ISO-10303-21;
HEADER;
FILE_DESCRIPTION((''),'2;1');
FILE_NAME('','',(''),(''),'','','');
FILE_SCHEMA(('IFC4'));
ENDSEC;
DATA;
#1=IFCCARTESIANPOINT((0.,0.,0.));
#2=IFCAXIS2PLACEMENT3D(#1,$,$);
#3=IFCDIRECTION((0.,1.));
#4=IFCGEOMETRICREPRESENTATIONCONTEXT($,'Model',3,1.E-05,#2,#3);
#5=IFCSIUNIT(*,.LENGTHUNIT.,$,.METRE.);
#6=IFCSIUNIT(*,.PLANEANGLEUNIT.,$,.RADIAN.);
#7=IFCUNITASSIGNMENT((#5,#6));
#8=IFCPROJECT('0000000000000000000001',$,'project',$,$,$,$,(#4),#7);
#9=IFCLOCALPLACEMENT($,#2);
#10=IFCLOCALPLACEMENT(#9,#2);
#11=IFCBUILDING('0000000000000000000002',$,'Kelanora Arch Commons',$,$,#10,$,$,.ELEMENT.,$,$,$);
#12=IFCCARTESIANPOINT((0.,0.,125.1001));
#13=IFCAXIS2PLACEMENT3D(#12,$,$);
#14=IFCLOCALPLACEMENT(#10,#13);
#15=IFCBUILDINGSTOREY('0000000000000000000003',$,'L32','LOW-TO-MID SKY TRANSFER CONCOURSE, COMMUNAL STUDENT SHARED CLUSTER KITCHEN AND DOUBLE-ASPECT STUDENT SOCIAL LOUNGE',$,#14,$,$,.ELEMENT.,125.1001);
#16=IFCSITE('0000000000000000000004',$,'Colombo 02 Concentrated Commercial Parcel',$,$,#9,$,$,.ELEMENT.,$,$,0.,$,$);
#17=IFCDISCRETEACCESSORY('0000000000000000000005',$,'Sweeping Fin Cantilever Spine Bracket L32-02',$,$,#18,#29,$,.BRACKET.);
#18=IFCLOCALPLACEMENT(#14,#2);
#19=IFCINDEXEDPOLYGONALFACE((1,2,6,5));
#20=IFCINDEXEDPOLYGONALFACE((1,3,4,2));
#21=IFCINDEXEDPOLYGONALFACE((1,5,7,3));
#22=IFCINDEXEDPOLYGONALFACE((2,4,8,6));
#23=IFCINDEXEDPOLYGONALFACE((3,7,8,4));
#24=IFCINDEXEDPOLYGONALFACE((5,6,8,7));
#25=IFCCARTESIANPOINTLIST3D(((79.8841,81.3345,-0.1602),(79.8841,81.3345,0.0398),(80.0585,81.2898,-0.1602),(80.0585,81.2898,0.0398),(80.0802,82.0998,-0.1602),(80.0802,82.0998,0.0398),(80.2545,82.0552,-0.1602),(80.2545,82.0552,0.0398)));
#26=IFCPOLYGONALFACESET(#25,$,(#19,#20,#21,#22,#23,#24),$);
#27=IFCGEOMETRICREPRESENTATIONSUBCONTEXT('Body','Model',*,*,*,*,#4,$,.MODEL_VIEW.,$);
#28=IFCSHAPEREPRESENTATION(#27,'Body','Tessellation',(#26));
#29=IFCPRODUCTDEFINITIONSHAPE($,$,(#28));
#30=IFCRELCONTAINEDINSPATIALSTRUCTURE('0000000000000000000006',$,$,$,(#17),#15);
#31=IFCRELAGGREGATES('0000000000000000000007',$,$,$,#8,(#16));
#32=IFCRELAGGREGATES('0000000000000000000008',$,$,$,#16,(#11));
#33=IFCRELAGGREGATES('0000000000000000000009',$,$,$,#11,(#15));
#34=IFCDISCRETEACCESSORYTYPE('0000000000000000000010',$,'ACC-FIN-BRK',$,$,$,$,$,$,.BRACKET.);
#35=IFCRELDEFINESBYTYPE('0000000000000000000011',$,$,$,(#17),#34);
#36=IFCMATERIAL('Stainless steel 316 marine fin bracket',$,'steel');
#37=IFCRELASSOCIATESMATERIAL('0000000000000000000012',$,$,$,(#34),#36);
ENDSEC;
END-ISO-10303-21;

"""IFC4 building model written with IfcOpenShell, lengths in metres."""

from ifc_helpers import new_model, si_unit, direction, frame, origin, origin_2d, place, context, subcontext, project, spatial, rectangle, extrude, source, transform, mapped, material, type_object, element, save


model = new_model("IFC4")

# Units and contexts
model_context = context("Model", 3, precision=1e-05, world=origin(), true_north=direction((0.0, 1.0)))
body_context = subcontext(model_context, "Body", "Model", "MODEL_VIEW")
ifc_project = project(units=[si_unit("LENGTHUNIT", "METRE"), si_unit("PLANEANGLEUNIT", "RADIAN")], contexts=[model_context])

# Site, building, storey
site_placement = place(None, origin())
site = spatial("IfcSite", under=ifc_project, at=site_placement, Name="Colombo 02 Concentrated Commercial Parcel", CompositionType="ELEMENT", RefElevation=0.0)
building_placement = place(site_placement, origin())
building = spatial("IfcBuilding", under=site, at=building_placement, Name="Kelanora Arch Commons", CompositionType="ELEMENT")
storey_placement = place(building_placement, frame((0.0, 0.0, 125.1001)))
storey = spatial("IfcBuildingStorey", under=building, at=storey_placement, Name="L32", Description="LOW-TO-MID SKY TRANSFER CONCOURSE, COMMUNAL STUDENT SHARED CLUSTER KITCHEN AND DOUBLE-ASPECT STUDENT SOCIAL LOUNGE", CompositionType="ELEMENT", Elevation=125.1001)

# Discrete accessory
ifc_material_1 = material(Name="Stainless steel 316 marine fin bracket", Category="steel")
discrete_accessory_type = type_object("IfcDiscreteAccessoryType", Name="ACC-FIN-BRK", PredefinedType="BRACKET", material=ifc_material_1)
shared_shape_1 = source(origin(), body_context, "Body", "SweptSolid", [
    extrude(rectangle(XDim=0.79, YDim=0.1799, at=origin_2d()), origin(), (0.0, 0.0, 1.0), 0.2),
])
discrete_accessory_placement = place(storey_placement, frame((80.0693, 81.6948, -0.1602), z_axis=(0.0, 0.0, 1.0), x_axis=(0.248183, 0.968713, 0.0)))
element("IfcDiscreteAccessory", 1, at=discrete_accessory_placement, inside=storey, type_object=discrete_accessory_type, Name="Sweeping Fin Cantilever Spine Bracket L32-02", PredefinedType="BRACKET", context=body_context, shape_type="MappedRepresentation", body=[
    mapped(shared_shape_1, transform((0.0, 0.0, 0.0), scale=1.0)),
])

save(model, "model.ifc")
